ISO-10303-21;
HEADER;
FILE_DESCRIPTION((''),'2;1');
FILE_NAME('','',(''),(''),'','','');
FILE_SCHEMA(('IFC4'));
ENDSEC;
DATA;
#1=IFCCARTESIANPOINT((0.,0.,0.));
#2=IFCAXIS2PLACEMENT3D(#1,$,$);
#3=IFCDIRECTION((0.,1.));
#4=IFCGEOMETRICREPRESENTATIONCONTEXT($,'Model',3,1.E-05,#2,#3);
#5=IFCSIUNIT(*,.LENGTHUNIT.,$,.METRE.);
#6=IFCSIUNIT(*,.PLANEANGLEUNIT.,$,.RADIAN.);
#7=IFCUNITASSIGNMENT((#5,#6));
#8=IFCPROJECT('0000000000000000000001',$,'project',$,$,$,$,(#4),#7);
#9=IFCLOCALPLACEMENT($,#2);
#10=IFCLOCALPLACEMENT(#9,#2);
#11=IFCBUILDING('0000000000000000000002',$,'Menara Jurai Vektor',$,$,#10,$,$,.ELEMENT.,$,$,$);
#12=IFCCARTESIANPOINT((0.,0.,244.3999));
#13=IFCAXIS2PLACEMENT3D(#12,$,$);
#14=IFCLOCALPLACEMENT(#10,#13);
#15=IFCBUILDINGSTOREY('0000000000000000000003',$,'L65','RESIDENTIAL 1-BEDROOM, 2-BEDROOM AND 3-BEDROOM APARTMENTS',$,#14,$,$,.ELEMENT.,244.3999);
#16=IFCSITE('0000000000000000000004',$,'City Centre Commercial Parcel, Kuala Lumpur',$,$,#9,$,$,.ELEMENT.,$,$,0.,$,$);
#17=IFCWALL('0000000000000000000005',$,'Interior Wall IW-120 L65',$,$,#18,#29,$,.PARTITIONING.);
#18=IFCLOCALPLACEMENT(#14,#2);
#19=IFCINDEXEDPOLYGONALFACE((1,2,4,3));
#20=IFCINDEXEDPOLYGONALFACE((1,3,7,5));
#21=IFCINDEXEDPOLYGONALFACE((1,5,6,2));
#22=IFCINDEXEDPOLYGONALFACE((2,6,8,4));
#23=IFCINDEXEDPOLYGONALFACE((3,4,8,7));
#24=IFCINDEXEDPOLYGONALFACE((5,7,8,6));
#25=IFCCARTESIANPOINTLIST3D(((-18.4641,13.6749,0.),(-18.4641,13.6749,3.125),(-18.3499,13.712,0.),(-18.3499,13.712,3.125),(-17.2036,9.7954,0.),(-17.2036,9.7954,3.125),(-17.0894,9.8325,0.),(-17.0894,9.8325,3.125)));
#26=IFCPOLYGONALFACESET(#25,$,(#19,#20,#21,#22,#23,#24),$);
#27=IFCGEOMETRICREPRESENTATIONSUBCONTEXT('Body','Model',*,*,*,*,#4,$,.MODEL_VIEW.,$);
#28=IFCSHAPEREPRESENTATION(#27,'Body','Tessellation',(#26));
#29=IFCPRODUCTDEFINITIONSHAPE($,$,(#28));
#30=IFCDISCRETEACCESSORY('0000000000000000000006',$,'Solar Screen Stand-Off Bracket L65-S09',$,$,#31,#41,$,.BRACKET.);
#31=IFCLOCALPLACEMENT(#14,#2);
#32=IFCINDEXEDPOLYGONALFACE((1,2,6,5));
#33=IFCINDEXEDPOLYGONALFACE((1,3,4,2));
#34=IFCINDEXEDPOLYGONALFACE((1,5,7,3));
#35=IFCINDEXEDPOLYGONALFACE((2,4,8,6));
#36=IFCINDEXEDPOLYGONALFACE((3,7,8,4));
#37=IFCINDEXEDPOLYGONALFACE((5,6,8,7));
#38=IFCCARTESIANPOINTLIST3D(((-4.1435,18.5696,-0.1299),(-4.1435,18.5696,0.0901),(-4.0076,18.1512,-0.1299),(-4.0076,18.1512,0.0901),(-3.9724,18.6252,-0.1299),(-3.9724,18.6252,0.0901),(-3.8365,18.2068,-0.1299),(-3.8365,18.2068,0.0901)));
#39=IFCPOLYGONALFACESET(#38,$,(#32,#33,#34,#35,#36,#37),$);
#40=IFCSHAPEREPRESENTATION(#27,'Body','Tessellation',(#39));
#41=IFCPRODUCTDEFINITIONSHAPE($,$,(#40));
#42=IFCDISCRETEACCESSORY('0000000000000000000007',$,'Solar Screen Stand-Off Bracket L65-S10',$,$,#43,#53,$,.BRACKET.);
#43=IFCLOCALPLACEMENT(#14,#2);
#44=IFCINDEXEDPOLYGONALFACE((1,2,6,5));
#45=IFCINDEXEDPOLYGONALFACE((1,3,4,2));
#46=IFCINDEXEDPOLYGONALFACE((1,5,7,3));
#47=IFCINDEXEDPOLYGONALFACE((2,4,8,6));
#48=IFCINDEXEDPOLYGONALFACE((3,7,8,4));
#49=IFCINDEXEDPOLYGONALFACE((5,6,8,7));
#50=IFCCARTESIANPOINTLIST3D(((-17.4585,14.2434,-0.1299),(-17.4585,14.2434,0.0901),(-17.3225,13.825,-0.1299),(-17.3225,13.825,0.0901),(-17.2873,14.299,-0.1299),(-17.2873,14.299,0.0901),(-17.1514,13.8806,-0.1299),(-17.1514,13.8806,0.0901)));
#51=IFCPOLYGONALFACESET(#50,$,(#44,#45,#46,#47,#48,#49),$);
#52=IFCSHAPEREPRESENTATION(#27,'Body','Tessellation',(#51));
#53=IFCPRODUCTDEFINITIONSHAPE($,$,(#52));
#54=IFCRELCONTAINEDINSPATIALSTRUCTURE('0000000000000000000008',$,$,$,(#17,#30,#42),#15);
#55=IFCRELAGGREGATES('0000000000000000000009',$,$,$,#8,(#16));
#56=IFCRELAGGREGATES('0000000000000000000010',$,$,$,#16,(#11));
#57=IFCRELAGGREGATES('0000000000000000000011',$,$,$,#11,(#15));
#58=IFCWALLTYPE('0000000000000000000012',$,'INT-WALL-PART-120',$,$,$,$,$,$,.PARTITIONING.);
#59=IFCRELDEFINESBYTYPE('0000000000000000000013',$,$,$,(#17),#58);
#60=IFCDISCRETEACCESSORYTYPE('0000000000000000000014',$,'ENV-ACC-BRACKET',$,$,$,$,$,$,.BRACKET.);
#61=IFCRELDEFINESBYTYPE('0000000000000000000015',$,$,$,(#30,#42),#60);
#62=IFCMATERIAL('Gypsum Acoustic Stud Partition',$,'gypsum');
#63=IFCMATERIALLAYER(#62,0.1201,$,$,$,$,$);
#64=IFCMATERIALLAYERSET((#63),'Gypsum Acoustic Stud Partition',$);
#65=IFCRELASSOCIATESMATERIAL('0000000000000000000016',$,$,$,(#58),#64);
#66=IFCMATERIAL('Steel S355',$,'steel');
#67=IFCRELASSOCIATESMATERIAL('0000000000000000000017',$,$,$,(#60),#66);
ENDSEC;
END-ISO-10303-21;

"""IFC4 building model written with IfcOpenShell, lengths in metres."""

from ifc_helpers import new_model, si_unit, direction, frame, frame_2d, origin, origin_2d, place, context, subcontext, project, spatial, rectangle, extrude, material, layer, layer_set, type_object, element, save


model = new_model("IFC4")

# Units and contexts
model_context = context("Model", 3, precision=1e-05, world=origin(), true_north=direction((0.0, 1.0)))
body_context = subcontext(model_context, "Body", "Model", "MODEL_VIEW")
ifc_project = project(units=[si_unit("LENGTHUNIT", "METRE"), si_unit("PLANEANGLEUNIT", "RADIAN")], contexts=[model_context])

# Site, building, storey
site_placement = place(None, origin())
site = spatial("IfcSite", under=ifc_project, at=site_placement, Name="City Centre Commercial Parcel, Kuala Lumpur", CompositionType="ELEMENT", RefElevation=0.0)
building_placement = place(site_placement, origin())
building = spatial("IfcBuilding", under=site, at=building_placement, Name="Menara Jurai Vektor", CompositionType="ELEMENT")
storey_placement = place(building_placement, frame((0.0, 0.0, 244.3999)))
storey = spatial("IfcBuildingStorey", under=building, at=storey_placement, Name="L65", Description="RESIDENTIAL 1-BEDROOM, 2-BEDROOM AND 3-BEDROOM APARTMENTS", CompositionType="ELEMENT", Elevation=244.3999)

# Shared definitions
ifc_material_1 = material(Name="Steel S355", Category="steel")

# Wall
ifc_material_2 = material(Name="Gypsum Acoustic Stud Partition", Category="gypsum")
ifc_layer_1 = layer(ifc_material_2, 0.1201)
ifc_layer_set_1 = layer_set([ifc_layer_1], Name="Gypsum Acoustic Stud Partition")
wall_type_1 = type_object("IfcWallType", Name="INT-WALL-PART-120", PredefinedType="PARTITIONING", material=ifc_layer_set_1)
wall_1_placement = place(storey_placement, frame((-17.1465, 9.814, 0.0), z_axis=(0.0, 0.0, 1.0), x_axis=(-0.309018, 0.951056, 0.0)))
element("IfcWall", 1, at=wall_1_placement, inside=storey, type_object=wall_type_1, Name="Interior Wall IW-120 L65", PredefinedType="PARTITIONING", context=body_context, shape_type="SweptSolid", body=[
    extrude(rectangle(XDim=4.0791, YDim=0.1201, at=frame_2d((2.0396, 0.0))), origin(), (0.0, 0.0, 1.0), 3.125),
])

# Discrete accessories
discrete_accessory_type = type_object("IfcDiscreteAccessoryType", Name="ENV-ACC-BRACKET", PredefinedType="BRACKET", material=ifc_material_1)
for number, where, z_axis, x_axis, name in (
    (2, (-3.99, 18.3882, -0.1299), (0.0, 0.0, 1.0), (-0.951057, -0.309017, 0.0), "Solar Screen Stand-Off Bracket L65-S09"),
    (3, (-17.3049, 14.062, -0.1299), (0.0, 0.0, 1.0), (-0.951057, -0.309017, 0.0), "Solar Screen Stand-Off Bracket L65-S10"),
):
    element("IfcDiscreteAccessory", number, at=place(storey_placement, frame(where, z_axis=z_axis, x_axis=x_axis)), inside=storey, type_object=discrete_accessory_type, Name=name, PredefinedType="BRACKET", context=body_context, shape_type="SweptSolid", body=[
        extrude(rectangle(XDim=0.1799, YDim=0.4399, at=origin_2d()), origin(), (0.0, 0.0, 1.0), 0.22),
    ])

save(model, "model.ifc")
